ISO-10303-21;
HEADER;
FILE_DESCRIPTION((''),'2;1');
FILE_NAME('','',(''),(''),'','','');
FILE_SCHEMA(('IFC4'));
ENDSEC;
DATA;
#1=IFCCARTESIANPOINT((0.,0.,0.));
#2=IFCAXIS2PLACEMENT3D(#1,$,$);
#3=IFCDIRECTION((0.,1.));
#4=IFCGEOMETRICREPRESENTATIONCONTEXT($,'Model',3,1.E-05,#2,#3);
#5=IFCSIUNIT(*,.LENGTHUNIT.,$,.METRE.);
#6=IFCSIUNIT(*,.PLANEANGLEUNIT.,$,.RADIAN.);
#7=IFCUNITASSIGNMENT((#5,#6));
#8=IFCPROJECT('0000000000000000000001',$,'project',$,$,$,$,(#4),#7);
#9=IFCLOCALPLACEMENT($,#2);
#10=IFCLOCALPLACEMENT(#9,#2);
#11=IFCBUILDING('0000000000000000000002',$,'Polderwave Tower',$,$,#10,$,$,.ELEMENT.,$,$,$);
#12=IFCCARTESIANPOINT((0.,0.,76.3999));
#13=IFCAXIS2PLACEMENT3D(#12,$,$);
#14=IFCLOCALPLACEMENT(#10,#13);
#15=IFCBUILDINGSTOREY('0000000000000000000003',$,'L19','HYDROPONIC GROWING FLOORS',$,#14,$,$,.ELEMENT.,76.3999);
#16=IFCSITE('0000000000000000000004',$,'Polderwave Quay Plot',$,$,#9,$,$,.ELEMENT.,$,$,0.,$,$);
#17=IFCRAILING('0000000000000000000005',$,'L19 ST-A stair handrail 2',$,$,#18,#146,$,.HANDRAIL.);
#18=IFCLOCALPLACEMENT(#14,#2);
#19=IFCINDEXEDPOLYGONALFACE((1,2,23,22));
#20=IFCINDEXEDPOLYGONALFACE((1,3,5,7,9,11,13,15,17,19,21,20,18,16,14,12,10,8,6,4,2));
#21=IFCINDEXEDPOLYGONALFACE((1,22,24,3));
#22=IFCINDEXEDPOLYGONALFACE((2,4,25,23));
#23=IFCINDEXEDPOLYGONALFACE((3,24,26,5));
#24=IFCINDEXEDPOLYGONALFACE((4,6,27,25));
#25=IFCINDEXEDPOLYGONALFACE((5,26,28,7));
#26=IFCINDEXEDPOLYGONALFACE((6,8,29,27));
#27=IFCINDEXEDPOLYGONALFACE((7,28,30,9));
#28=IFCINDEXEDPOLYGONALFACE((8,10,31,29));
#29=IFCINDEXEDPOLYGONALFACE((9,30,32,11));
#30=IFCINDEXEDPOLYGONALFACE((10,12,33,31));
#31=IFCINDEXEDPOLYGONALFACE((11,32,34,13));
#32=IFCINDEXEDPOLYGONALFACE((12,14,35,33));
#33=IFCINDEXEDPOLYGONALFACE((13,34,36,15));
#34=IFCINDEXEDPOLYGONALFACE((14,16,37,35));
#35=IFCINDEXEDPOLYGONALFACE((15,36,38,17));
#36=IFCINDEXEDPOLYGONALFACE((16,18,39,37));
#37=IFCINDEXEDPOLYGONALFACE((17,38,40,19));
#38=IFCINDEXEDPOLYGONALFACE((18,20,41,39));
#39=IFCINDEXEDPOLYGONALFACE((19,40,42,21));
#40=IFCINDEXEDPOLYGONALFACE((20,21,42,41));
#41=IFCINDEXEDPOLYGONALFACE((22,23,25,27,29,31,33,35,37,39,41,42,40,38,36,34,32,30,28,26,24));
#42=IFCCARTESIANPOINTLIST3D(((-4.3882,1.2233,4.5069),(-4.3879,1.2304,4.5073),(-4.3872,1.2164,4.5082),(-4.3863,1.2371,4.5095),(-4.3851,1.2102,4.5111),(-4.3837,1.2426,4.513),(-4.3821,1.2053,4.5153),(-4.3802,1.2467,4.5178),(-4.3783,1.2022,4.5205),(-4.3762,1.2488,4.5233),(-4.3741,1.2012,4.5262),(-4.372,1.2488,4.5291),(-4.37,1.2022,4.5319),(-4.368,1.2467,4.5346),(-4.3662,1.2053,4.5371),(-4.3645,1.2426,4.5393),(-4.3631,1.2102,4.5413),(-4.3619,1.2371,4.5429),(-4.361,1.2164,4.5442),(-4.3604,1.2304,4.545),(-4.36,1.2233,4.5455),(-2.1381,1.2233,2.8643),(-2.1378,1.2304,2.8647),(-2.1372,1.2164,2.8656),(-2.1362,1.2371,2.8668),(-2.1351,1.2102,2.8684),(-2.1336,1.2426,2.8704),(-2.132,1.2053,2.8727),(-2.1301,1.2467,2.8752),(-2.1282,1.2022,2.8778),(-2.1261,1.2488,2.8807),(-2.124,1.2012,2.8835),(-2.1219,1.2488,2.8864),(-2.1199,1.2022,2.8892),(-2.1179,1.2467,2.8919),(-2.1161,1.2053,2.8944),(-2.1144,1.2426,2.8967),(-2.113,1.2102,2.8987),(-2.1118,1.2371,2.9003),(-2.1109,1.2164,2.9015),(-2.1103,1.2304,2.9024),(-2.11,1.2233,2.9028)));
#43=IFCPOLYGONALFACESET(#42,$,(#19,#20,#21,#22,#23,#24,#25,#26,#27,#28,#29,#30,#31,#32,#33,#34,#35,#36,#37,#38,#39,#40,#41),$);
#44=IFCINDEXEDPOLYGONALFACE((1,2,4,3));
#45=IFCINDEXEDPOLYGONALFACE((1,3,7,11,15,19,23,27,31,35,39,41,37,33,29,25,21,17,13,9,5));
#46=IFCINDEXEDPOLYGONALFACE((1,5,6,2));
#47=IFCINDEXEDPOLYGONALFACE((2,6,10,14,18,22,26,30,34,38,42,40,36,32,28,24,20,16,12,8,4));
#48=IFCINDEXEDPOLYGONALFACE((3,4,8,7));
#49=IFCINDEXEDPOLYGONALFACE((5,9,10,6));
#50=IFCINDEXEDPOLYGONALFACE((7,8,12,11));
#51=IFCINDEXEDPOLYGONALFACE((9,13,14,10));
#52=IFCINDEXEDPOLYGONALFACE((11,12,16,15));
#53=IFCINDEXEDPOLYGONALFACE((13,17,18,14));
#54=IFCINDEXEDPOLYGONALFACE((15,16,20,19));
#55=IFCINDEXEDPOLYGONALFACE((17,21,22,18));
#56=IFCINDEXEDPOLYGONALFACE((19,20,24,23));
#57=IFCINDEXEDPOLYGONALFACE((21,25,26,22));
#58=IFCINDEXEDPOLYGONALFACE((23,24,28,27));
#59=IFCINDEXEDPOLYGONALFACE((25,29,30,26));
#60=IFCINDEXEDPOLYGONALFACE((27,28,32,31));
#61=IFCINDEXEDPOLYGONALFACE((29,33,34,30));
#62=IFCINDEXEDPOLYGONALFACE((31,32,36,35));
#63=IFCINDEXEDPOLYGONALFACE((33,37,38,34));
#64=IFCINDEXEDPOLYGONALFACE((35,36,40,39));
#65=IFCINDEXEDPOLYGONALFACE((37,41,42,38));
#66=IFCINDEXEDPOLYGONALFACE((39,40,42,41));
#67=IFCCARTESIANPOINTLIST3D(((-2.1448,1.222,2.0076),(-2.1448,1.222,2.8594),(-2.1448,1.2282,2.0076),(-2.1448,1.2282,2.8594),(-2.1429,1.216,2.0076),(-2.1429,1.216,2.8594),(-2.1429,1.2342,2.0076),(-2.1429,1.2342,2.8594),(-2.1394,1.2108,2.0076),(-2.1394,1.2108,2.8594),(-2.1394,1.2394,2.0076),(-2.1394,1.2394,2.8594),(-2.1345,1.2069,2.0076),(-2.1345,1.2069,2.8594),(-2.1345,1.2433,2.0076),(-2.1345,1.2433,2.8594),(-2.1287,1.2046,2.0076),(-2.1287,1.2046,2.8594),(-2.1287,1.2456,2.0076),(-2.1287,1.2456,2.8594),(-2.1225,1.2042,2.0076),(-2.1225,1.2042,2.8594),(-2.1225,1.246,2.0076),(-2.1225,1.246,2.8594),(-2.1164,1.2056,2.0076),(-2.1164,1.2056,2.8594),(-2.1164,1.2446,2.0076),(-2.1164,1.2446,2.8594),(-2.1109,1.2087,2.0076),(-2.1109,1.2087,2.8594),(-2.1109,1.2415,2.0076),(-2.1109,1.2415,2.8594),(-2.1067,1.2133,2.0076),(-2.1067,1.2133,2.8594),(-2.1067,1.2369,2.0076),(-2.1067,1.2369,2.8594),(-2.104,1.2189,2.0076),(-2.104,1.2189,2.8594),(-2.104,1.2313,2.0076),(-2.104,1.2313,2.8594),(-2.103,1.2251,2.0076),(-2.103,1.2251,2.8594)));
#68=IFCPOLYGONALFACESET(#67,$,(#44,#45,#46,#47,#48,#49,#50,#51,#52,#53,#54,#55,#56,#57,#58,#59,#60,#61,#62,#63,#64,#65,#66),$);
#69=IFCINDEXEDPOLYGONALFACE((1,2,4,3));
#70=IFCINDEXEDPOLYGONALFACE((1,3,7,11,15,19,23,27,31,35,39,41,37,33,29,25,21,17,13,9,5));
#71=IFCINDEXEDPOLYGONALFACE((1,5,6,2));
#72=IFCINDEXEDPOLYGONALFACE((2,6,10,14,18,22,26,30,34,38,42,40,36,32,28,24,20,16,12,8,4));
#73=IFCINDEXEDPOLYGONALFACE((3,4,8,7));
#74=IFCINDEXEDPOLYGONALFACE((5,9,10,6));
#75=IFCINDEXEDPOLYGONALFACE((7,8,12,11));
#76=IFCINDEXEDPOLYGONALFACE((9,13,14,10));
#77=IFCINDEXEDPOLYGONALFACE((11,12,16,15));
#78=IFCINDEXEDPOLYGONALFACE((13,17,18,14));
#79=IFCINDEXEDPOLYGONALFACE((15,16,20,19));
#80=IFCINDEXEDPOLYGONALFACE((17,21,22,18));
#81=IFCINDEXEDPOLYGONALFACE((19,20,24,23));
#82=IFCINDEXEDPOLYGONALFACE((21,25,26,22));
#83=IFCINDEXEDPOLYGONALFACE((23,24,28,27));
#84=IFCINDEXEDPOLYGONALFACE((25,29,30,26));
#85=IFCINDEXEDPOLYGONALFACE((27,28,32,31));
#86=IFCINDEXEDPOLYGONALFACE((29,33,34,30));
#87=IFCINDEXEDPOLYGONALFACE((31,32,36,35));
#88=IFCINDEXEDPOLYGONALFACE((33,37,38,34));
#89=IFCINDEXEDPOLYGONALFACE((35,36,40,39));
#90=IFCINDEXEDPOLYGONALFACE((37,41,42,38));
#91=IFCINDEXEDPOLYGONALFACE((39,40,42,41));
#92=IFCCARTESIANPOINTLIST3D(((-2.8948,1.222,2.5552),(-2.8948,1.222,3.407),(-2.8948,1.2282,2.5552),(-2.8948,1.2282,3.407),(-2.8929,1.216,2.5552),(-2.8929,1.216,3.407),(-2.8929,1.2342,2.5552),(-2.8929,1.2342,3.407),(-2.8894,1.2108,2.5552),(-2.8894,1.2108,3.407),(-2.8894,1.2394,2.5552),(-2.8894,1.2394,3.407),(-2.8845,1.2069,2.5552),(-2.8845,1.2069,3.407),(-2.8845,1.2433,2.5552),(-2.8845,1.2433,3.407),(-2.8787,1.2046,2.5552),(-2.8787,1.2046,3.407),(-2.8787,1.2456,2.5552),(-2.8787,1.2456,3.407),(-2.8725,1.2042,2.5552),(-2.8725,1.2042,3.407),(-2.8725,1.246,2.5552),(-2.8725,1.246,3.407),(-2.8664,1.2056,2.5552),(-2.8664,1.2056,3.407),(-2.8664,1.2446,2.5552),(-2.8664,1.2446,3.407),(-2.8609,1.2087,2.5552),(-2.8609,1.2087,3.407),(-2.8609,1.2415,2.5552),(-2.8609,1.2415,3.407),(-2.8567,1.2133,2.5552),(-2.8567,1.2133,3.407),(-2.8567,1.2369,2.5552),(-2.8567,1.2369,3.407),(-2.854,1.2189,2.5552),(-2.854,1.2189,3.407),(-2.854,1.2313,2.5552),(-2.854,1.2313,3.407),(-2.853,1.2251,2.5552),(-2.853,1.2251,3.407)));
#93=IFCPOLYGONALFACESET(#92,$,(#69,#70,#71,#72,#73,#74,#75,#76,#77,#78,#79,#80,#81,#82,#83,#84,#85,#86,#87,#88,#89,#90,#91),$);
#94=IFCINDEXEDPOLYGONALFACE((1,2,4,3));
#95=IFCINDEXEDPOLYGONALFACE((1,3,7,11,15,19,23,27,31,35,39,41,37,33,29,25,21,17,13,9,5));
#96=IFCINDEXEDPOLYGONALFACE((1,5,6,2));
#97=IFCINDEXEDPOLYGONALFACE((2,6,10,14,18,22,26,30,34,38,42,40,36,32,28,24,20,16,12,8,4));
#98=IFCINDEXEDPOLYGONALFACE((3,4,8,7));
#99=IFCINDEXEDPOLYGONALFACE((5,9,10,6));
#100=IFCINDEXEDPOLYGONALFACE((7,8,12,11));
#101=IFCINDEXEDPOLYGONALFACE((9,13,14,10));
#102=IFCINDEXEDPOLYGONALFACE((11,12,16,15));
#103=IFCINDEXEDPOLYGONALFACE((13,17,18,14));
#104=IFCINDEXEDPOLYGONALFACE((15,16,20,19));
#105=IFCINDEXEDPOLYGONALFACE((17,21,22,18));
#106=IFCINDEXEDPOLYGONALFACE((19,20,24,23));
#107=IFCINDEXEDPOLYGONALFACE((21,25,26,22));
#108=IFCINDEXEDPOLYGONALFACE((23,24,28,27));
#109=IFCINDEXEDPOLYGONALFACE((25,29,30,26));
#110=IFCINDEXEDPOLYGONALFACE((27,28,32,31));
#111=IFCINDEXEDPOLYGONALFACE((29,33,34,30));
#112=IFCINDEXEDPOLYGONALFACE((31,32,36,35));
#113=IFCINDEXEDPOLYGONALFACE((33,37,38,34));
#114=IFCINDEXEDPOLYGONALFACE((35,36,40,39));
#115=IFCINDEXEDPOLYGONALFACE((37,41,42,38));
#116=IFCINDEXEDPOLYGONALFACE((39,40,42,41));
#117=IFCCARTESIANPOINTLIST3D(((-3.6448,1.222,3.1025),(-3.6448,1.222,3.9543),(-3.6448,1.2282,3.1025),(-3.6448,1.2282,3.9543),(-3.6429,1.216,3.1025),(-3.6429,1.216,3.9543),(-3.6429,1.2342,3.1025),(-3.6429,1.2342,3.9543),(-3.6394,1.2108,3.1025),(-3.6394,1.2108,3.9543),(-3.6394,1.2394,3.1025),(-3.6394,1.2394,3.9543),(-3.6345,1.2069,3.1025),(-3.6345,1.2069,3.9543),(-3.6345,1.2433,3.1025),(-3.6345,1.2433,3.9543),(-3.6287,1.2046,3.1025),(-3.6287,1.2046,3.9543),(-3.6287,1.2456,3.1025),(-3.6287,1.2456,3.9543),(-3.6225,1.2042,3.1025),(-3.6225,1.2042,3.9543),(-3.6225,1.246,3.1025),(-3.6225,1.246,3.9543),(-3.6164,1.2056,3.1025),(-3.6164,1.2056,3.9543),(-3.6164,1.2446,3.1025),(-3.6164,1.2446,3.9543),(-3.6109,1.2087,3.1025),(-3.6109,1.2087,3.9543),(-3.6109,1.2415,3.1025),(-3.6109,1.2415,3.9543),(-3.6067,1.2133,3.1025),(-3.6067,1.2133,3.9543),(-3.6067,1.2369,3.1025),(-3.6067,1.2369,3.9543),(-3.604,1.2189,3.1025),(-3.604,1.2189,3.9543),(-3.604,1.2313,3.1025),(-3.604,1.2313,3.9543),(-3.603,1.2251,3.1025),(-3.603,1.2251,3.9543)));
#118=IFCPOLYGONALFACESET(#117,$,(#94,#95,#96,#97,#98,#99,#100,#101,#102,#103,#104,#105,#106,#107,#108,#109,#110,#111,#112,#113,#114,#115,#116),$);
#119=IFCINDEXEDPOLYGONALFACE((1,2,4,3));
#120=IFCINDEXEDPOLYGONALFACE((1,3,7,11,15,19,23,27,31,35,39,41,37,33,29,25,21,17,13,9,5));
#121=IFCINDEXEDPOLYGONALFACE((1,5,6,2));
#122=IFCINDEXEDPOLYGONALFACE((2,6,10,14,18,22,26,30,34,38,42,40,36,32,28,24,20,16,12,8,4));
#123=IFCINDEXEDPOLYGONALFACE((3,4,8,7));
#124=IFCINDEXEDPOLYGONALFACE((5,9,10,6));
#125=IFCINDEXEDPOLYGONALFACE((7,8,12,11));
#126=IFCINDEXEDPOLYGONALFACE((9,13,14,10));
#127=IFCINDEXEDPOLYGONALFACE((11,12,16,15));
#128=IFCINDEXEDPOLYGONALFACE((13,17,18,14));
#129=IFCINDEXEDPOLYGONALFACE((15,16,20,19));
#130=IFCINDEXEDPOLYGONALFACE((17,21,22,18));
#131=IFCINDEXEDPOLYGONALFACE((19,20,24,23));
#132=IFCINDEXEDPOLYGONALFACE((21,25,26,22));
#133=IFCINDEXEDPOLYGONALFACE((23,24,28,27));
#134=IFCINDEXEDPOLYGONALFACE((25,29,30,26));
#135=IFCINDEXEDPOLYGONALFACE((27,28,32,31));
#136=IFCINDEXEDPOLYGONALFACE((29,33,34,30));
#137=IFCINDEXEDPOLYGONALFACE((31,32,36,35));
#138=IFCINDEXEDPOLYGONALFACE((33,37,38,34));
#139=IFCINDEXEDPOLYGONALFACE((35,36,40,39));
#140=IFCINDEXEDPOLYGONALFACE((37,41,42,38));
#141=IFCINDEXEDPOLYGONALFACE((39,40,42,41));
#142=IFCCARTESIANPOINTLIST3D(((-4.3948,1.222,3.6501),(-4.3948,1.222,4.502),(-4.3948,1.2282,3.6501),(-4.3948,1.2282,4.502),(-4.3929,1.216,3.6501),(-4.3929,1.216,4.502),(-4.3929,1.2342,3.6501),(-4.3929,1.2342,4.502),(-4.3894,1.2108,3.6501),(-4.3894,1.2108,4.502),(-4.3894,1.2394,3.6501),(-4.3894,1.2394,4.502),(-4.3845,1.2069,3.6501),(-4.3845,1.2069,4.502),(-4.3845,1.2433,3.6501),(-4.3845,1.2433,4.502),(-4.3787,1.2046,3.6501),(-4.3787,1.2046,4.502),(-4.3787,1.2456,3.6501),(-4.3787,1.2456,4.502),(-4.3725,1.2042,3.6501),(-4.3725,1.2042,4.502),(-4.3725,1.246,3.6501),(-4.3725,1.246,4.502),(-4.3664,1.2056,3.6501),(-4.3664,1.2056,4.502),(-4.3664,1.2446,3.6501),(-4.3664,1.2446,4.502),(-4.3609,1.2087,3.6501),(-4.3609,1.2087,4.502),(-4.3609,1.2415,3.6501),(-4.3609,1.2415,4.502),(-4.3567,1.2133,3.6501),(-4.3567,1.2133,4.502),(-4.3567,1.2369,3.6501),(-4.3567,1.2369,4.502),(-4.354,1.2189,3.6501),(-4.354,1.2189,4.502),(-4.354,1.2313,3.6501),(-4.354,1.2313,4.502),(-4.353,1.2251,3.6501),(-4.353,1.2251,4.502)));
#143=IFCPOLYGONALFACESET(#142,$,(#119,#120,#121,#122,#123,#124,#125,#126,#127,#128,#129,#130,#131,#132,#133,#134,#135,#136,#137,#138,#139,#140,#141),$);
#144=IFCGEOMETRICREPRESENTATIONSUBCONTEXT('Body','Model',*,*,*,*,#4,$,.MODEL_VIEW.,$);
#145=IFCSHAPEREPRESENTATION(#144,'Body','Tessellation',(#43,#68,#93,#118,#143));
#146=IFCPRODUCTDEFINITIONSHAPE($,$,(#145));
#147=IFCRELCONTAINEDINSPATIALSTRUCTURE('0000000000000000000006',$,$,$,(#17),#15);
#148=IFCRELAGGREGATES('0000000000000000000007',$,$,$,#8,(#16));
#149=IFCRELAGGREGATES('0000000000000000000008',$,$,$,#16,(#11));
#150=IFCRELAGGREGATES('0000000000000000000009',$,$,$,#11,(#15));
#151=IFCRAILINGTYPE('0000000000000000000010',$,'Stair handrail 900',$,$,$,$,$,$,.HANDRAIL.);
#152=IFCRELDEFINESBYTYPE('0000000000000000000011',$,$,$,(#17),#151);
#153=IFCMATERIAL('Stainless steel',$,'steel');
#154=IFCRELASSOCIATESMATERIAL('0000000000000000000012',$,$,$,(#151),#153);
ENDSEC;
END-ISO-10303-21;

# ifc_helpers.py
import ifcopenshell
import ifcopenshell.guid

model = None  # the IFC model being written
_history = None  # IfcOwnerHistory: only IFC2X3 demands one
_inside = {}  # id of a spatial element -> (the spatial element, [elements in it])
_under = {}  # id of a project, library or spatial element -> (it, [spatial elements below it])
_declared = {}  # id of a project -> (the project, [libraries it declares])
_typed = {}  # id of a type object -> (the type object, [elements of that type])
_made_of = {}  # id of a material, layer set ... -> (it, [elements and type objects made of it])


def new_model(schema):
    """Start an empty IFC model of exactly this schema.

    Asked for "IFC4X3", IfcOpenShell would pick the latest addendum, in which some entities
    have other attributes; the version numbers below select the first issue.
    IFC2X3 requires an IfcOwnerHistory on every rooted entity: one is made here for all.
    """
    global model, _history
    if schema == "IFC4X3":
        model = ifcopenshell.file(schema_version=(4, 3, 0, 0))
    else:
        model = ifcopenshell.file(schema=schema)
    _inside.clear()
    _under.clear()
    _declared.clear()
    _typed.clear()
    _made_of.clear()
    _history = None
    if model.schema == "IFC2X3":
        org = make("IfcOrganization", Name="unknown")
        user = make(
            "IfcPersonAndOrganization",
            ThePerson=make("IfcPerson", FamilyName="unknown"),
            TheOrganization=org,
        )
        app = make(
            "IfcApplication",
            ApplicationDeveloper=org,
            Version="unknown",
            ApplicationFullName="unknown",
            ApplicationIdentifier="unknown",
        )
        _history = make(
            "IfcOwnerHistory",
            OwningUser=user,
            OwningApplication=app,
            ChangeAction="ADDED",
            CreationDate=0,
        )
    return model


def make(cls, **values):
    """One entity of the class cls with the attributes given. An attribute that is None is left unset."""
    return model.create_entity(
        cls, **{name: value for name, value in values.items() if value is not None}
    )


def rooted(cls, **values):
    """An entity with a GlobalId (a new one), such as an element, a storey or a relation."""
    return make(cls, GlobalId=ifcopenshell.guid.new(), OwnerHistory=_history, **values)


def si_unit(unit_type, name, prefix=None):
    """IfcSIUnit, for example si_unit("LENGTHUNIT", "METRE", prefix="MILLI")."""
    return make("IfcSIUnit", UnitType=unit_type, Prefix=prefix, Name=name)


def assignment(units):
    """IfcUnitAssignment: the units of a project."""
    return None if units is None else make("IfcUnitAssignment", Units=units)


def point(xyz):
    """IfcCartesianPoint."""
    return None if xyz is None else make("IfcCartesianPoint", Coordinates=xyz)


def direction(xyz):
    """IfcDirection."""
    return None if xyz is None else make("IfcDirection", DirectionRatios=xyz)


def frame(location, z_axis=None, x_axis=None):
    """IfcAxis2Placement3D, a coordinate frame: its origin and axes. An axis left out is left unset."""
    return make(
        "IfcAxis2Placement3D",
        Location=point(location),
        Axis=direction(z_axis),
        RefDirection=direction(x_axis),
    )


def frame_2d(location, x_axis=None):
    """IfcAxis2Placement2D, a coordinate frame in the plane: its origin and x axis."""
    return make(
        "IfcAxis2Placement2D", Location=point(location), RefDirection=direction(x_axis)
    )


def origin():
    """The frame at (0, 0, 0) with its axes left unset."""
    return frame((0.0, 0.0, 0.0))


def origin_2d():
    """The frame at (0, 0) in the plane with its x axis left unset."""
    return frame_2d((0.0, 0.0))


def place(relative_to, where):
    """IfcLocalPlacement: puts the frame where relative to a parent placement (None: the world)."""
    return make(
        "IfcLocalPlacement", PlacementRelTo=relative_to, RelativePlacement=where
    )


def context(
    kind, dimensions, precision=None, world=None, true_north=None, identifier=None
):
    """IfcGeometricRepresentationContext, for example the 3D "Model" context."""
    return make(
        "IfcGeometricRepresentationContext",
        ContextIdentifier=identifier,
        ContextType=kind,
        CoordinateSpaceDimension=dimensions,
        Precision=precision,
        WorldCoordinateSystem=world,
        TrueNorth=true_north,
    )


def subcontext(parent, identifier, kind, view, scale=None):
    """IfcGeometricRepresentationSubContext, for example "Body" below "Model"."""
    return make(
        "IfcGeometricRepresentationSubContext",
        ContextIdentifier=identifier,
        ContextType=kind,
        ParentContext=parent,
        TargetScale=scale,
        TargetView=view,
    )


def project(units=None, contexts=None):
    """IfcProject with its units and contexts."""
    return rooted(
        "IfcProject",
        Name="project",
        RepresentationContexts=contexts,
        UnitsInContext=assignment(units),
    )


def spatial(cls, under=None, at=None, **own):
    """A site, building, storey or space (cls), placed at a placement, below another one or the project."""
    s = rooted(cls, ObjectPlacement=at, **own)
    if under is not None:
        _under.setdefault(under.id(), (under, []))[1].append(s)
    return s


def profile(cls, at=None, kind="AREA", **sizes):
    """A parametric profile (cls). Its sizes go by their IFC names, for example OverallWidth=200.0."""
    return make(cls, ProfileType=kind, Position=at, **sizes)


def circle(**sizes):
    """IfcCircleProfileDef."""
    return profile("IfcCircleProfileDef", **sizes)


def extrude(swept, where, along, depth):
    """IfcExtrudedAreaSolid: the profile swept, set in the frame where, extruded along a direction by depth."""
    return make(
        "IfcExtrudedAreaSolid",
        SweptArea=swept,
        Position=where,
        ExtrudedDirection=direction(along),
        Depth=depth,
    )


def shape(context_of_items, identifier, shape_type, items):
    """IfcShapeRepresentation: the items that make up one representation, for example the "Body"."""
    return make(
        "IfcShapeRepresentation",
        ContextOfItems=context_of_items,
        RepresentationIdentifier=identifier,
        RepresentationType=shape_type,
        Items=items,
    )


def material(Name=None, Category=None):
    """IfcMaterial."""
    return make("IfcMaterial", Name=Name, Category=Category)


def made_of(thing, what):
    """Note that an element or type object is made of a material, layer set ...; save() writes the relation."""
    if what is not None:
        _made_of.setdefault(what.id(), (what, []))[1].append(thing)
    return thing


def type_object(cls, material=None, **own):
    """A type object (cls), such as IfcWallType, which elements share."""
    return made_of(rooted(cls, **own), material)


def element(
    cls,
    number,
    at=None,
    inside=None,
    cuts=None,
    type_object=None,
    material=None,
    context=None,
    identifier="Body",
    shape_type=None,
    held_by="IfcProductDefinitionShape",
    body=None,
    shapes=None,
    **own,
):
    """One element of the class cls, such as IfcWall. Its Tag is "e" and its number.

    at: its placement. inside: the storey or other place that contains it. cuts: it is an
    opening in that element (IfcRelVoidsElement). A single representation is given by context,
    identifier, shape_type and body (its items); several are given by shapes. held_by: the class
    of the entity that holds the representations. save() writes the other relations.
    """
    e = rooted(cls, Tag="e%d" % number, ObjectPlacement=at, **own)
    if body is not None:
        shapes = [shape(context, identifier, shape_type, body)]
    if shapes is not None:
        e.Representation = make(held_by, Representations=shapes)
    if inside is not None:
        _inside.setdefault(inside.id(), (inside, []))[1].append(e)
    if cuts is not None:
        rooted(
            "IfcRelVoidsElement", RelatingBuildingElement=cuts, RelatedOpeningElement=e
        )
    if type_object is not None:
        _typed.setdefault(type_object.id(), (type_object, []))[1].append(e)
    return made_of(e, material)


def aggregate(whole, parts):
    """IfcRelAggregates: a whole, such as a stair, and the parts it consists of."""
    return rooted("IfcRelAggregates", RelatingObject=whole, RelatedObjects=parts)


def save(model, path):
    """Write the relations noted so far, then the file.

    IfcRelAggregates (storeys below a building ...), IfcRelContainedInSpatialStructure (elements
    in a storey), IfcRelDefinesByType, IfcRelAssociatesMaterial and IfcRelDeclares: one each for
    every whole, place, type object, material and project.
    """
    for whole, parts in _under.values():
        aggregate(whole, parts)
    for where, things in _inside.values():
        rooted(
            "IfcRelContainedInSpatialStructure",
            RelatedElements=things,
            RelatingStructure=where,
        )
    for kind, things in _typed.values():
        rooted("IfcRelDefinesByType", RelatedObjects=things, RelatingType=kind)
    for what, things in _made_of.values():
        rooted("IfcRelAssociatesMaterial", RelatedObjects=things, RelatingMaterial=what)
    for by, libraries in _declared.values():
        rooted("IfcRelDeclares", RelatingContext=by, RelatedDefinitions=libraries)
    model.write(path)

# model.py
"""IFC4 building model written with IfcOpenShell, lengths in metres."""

from ifc_helpers import new_model, si_unit, direction, frame, origin, origin_2d, place, context, subcontext, project, spatial, circle, extrude, material, type_object, element, save


model = new_model("IFC4")

# Units and contexts
model_context = context("Model", 3, precision=1e-05, world=origin(), true_north=direction((0.0, 1.0)))
body_context = subcontext(model_context, "Body", "Model", "MODEL_VIEW")
ifc_project = project(units=[si_unit("LENGTHUNIT", "METRE"), si_unit("PLANEANGLEUNIT", "RADIAN")], contexts=[model_context])

# Site, building, storey
site_placement = place(None, origin())
site = spatial("IfcSite", under=ifc_project, at=site_placement, Name="Polderwave Quay Plot", CompositionType="ELEMENT", RefElevation=0.0)
building_placement = place(site_placement, origin())
building = spatial("IfcBuilding", under=site, at=building_placement, Name="Polderwave Tower", CompositionType="ELEMENT")
storey_placement = place(building_placement, frame((0.0, 0.0, 76.3999)))
storey = spatial("IfcBuildingStorey", under=building, at=storey_placement, Name="L19", Description="HYDROPONIC GROWING FLOORS", CompositionType="ELEMENT", Elevation=76.3999)

# Railing
ifc_material_1 = material(Name="Stainless steel", Category="steel")
railing_type_1 = type_object("IfcRailingType", Name="Stair handrail 900", PredefinedType="HANDRAIL", material=ifc_material_1)
railing_1_placement = place(storey_placement, frame((-2.124, 1.2251, 2.0076)))
element("IfcRailing", 1, at=railing_1_placement, inside=storey, type_object=railing_type_1, Name="L19 ST-A stair handrail 2", PredefinedType="HANDRAIL", context=body_context, shape_type="SweptSolid", body=[
    extrude(circle(Radius=0.0239, at=origin_2d()), frame((0.0, 0.0, 0.876), z_axis=(-0.807674, 0.0, 0.58963), x_axis=(0.0, -1.0, 0.0)), (0.0, 0.0, 1.0), 2.7859),
    extrude(circle(Radius=0.021, at=origin_2d()), origin(), (0.0, 0.0, 1.0), 0.8518),
    extrude(circle(Radius=0.021, at=origin_2d()), frame((-0.75, 0.0, 0.5476)), (0.0, 0.0, 1.0), 0.8518),
    extrude(circle(Radius=0.021, at=origin_2d()), frame((-1.5, 0.0, 1.095)), (0.0, 0.0, 1.0), 0.8518),
    extrude(circle(Radius=0.021, at=origin_2d()), frame((-2.25, 0.0, 1.6426)), (0.0, 0.0, 1.0), 0.8518),
])

save(model, "model.ifc")
